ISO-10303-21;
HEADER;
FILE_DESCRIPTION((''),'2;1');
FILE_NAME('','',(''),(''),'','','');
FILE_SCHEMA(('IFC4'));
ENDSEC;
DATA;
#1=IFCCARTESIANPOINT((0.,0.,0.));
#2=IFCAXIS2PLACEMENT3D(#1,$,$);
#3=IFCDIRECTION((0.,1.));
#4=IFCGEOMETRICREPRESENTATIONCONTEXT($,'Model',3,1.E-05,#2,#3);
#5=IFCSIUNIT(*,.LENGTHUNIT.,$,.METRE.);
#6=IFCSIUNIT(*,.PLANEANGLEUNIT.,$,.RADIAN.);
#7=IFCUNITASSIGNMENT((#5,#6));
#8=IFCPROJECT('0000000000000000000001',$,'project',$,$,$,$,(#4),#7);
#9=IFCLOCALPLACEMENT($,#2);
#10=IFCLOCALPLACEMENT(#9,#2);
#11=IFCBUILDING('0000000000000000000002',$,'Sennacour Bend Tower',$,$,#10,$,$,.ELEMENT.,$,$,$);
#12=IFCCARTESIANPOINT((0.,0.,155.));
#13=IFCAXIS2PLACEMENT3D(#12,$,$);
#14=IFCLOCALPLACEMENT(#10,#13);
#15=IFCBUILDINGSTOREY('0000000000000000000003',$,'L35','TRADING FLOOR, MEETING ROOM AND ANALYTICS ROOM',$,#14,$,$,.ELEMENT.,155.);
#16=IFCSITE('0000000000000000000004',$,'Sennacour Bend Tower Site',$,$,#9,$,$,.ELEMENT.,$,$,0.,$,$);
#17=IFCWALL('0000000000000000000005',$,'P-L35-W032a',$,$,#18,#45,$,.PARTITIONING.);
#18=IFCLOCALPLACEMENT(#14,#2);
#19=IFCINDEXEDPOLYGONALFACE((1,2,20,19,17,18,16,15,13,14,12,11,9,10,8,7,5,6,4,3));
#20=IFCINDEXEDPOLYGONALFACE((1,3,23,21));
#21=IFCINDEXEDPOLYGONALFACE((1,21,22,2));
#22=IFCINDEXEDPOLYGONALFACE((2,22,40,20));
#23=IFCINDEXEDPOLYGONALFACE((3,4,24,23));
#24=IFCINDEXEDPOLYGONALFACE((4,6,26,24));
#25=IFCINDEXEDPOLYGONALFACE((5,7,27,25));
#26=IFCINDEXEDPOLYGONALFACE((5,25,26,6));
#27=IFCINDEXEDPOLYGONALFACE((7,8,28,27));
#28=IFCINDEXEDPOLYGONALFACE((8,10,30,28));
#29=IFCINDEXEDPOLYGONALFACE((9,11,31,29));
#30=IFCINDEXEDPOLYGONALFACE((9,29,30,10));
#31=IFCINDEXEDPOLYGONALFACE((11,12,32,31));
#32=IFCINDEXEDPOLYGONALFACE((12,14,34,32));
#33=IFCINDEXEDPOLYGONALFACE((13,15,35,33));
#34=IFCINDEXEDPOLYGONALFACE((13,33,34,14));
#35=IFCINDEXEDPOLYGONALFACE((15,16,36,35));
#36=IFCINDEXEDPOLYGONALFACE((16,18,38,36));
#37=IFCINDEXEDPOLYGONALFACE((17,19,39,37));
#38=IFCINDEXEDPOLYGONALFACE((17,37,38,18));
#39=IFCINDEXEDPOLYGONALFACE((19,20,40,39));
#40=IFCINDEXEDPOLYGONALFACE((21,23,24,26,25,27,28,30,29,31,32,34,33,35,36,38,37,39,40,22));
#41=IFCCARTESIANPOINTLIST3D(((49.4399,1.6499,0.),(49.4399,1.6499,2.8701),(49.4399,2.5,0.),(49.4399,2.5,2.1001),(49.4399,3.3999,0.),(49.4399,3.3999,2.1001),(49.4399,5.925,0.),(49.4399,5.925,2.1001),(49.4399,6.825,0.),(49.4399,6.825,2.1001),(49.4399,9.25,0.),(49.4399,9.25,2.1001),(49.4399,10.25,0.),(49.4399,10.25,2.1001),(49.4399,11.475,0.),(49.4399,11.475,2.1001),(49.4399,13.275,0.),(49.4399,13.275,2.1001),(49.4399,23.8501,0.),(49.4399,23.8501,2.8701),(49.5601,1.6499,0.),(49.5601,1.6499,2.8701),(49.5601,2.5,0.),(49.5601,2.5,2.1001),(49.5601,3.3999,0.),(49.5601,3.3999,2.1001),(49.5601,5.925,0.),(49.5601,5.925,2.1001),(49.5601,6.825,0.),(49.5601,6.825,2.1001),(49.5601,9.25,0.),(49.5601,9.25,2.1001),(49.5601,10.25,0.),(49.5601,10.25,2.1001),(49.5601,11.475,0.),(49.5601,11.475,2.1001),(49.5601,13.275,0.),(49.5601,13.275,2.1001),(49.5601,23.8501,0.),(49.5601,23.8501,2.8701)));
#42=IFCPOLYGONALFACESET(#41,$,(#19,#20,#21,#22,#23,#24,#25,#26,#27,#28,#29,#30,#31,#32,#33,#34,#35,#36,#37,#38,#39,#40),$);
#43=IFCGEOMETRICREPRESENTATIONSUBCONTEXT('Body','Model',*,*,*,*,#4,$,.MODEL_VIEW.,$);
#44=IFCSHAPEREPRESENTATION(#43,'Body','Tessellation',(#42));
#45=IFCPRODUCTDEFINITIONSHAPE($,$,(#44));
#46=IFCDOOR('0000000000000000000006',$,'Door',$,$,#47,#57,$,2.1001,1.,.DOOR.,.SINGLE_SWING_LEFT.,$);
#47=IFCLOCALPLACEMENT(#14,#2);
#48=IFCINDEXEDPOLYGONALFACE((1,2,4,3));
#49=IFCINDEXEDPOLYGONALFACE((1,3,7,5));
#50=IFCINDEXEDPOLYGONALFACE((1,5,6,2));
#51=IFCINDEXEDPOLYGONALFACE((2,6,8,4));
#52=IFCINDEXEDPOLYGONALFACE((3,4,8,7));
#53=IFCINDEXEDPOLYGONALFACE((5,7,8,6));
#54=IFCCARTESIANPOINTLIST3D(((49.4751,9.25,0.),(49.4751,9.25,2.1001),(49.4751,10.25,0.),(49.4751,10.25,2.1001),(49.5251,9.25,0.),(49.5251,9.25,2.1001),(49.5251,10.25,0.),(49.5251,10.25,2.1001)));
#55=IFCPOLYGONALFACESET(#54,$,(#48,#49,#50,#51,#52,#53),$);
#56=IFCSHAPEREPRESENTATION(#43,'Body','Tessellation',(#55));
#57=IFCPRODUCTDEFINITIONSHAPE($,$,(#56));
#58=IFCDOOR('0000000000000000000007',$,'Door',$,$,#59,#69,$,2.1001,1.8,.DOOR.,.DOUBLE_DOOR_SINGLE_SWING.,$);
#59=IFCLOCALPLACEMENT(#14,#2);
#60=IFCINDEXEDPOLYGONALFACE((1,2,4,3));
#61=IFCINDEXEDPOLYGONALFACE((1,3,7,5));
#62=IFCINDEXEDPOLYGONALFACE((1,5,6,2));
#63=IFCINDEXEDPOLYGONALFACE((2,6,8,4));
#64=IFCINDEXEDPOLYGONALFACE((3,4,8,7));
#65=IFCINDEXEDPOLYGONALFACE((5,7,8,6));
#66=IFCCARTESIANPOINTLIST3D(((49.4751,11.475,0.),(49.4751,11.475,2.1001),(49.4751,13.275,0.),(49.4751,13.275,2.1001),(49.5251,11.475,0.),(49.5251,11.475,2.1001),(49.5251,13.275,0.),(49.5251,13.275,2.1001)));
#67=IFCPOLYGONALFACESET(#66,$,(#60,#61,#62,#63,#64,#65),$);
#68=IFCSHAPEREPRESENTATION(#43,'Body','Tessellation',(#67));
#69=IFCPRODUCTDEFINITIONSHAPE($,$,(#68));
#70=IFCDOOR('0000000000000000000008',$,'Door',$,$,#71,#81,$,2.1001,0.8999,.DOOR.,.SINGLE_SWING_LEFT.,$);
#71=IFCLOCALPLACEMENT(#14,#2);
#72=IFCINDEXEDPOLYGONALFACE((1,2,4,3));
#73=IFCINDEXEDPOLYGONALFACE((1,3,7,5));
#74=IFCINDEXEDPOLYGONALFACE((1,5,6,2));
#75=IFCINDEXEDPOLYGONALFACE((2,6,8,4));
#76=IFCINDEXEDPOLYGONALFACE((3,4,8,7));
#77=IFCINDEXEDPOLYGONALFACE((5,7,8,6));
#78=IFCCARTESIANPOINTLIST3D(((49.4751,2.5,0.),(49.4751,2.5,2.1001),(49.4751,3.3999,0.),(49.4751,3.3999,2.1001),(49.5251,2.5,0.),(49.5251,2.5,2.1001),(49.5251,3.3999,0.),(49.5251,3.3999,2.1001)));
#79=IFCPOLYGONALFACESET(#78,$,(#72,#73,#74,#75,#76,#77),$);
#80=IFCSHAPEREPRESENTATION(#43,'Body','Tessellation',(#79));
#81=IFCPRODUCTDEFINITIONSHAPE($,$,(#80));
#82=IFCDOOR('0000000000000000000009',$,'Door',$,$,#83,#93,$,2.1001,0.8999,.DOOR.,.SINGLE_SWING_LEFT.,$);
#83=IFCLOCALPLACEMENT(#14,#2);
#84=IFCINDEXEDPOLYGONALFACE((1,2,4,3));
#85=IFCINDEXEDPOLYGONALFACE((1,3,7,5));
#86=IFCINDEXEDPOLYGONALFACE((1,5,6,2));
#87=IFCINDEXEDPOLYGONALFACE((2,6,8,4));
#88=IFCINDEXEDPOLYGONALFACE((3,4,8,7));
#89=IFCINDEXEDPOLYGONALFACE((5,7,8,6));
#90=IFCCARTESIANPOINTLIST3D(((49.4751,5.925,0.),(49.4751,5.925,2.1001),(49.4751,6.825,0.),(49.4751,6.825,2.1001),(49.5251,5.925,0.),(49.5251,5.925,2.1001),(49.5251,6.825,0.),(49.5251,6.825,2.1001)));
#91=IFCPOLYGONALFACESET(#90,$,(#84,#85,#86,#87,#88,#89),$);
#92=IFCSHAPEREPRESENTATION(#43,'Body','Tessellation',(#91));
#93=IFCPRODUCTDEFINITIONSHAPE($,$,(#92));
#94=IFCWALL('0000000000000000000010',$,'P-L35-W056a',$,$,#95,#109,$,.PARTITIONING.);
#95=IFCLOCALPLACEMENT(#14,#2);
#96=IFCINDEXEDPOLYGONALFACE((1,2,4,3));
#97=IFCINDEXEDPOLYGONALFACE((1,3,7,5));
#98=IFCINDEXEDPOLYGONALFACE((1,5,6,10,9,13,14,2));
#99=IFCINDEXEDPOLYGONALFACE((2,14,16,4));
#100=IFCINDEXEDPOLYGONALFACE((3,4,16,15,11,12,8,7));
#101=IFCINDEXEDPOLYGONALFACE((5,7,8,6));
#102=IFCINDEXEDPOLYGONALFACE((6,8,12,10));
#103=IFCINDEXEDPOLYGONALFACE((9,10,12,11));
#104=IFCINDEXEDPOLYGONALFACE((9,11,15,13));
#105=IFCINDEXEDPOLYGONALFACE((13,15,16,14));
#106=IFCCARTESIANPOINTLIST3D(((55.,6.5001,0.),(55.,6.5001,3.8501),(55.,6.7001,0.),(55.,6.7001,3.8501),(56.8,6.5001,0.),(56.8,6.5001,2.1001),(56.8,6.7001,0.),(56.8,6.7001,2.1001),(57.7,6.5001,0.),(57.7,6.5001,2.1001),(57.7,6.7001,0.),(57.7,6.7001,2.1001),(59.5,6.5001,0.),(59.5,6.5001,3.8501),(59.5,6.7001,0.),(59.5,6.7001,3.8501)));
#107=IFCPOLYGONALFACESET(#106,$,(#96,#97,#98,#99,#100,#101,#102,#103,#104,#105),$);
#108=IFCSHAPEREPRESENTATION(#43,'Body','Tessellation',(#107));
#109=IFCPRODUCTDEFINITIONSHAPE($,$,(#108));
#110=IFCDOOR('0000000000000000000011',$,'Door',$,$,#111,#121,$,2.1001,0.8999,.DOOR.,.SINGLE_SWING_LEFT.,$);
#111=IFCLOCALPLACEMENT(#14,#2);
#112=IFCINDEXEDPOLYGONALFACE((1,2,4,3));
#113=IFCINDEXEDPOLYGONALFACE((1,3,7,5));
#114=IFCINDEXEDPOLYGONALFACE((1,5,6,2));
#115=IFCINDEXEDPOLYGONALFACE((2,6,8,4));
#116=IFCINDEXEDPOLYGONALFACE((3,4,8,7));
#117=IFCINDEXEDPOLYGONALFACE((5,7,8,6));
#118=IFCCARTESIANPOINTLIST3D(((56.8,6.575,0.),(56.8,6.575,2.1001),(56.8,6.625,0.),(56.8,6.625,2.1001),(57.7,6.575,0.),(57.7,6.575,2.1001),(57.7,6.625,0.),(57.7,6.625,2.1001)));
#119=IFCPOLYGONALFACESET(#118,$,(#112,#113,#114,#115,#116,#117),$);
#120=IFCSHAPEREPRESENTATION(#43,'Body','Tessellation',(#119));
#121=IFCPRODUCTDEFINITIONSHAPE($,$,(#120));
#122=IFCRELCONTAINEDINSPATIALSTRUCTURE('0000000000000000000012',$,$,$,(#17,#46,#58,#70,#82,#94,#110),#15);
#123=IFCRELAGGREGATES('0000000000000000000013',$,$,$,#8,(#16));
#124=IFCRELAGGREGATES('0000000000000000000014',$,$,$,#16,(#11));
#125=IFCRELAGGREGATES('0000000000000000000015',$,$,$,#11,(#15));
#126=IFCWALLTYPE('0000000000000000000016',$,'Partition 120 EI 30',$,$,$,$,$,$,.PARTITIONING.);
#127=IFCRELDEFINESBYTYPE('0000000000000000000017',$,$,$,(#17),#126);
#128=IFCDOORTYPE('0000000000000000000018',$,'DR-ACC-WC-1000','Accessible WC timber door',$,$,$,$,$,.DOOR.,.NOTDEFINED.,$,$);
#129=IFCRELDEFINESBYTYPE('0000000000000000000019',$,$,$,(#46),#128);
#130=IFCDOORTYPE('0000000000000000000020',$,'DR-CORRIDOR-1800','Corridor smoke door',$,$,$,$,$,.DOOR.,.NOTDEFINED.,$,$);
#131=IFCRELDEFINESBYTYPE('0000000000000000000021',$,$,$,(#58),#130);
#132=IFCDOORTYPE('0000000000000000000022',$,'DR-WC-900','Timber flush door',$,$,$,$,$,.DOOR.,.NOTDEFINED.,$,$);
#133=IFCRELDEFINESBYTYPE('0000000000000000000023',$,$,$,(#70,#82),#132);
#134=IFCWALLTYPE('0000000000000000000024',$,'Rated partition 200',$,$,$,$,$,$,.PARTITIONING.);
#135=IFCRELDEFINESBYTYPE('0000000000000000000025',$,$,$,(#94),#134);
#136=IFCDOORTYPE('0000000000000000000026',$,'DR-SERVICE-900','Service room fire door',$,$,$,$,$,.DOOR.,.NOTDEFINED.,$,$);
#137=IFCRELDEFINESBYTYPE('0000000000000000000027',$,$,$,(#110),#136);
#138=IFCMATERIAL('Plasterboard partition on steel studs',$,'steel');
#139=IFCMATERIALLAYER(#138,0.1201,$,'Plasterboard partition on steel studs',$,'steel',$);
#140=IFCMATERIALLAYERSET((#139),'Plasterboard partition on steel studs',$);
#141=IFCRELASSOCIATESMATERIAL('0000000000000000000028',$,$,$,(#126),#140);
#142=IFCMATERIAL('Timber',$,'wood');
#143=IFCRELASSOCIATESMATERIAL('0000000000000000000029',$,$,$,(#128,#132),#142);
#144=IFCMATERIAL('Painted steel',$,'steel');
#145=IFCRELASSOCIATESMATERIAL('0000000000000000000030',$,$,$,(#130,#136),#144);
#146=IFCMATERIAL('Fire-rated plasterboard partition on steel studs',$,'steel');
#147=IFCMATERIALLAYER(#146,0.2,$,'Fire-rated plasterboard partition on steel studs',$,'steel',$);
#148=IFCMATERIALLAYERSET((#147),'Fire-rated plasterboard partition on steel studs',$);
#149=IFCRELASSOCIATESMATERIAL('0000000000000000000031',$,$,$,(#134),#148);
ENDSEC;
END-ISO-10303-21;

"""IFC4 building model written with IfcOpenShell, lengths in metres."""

from ifc_helpers import new_model, si_unit, direction, frame, frame_2d, origin, place, context, subcontext, project, spatial, rectangle, extrude, material, layer, layer_set, type_object, element, fill, save


model = new_model("IFC4")

# Units and contexts
model_context = context("Model", 3, precision=1e-05, world=origin(), true_north=direction((0.0, 1.0)))
body_context = subcontext(model_context, "Body", "Model", "MODEL_VIEW")
ifc_project = project(units=[si_unit("LENGTHUNIT", "METRE"), si_unit("PLANEANGLEUNIT", "RADIAN")], contexts=[model_context])

# Site, building, storey
site_placement = place(None, origin())
site = spatial("IfcSite", under=ifc_project, at=site_placement, Name="Sennacour Bend Tower Site", CompositionType="ELEMENT", RefElevation=0.0)
building_placement = place(site_placement, origin())
building = spatial("IfcBuilding", under=site, at=building_placement, Name="Sennacour Bend Tower", CompositionType="ELEMENT")
storey_placement = place(building_placement, frame((0.0, 0.0, 155.0)))
storey = spatial("IfcBuildingStorey", under=building, at=storey_placement, Name="L35", Description="TRADING FLOOR, MEETING ROOM AND ANALYTICS ROOM", CompositionType="ELEMENT", Elevation=155.0)

# Shared definitions
ifc_material_1 = material(Name="Painted steel", Category="steel")

# Shared definitions
ifc_material_2 = material(Name="Plasterboard partition on steel studs", Category="steel")

# Wall, openings, doors
ifc_layer_1 = layer(ifc_material_2, 0.1201, Name="Plasterboard partition on steel studs", Category="steel")
ifc_layer_set_1 = layer_set([ifc_layer_1], Name="Plasterboard partition on steel studs")
wall_type_1 = type_object("IfcWallType", Name="Partition 120 EI 30", PredefinedType="PARTITIONING", material=ifc_layer_set_1)
wall_1_placement = place(storey_placement, frame((49.5, 1.6499, 0.0), z_axis=(0.0, 0.0, 1.0), x_axis=(0.0, 1.0, 0.0)))
wall_1 = element("IfcWall", 1, at=wall_1_placement, inside=storey, type_object=wall_type_1, Name="P-L35-W032a", PredefinedType="PARTITIONING", context=body_context, shape_type="SweptSolid", body=[
    extrude(rectangle(XDim=22.2002, YDim=0.1201, at=frame_2d((11.1001, 0.0))), origin(), (0.0, 0.0, 1.0), 2.8701),
])
opening_1_placement = place(wall_1_placement, frame((9.8252, 0.0, 0.0)))
opening_1 = element("IfcOpeningElement", 2, at=opening_1_placement, cuts=wall_1, PredefinedType="OPENING", context=body_context, shape_type="SweptSolid", body=[
    extrude(rectangle(XDim=1.8, YDim=2.1001, at=frame_2d((0.8999, 1.05))), frame((0.0, 0.0701, 0.0), z_axis=(0.0, -1.0, 0.0), x_axis=(1.0, 0.0, 0.0)), (0.0, 0.0, 1.0), 0.1401),
])
opening_2_placement = place(wall_1_placement, frame((0.8501, 0.0, 0.0)))
opening_2 = element("IfcOpeningElement", 3, at=opening_2_placement, cuts=wall_1, PredefinedType="OPENING", context=body_context, shape_type="SweptSolid", body=[
    extrude(rectangle(XDim=0.8999, YDim=2.1001, at=frame_2d((0.45, 1.05))), frame((0.0, 0.0701, 0.0), z_axis=(0.0, -1.0, 0.0), x_axis=(1.0, 0.0, 0.0)), (0.0, 0.0, 1.0), 0.1401),
])
opening_3_placement = place(wall_1_placement, frame((4.2751, 0.0, 0.0)))
opening_3 = element("IfcOpeningElement", 4, at=opening_3_placement, cuts=wall_1, PredefinedType="OPENING", context=body_context, shape_type="SweptSolid", body=[
    extrude(rectangle(XDim=0.8999, YDim=2.1001, at=frame_2d((0.45, 1.05))), frame((0.0, 0.0701, 0.0), z_axis=(0.0, -1.0, 0.0), x_axis=(1.0, 0.0, 0.0)), (0.0, 0.0, 1.0), 0.1401),
])
opening_4_placement = place(wall_1_placement, frame((7.6001, 0.0, 0.0)))
opening_4 = element("IfcOpeningElement", 5, at=opening_4_placement, cuts=wall_1, PredefinedType="OPENING", context=body_context, shape_type="SweptSolid", body=[
    extrude(rectangle(XDim=1.0, YDim=2.1001, at=frame_2d((0.5, 1.05))), frame((0.0, 0.0701, 0.0), z_axis=(0.0, -1.0, 0.0), x_axis=(1.0, 0.0, 0.0)), (0.0, 0.0, 1.0), 0.1401),
])
ifc_material_3 = material(Name="Timber", Category="wood")
door_type_1 = type_object("IfcDoorType", Name="DR-ACC-WC-1000", Description="Accessible WC timber door", OperationType="NOTDEFINED", PredefinedType="DOOR", material=ifc_material_3)
door_1_placement = place(opening_4_placement, origin())
door_1 = element("IfcDoor", 6, at=door_1_placement, inside=storey, type_object=door_type_1, Name="Door", OperationType="SINGLE_SWING_LEFT", OverallHeight=2.1001, OverallWidth=1.0, PredefinedType="DOOR", context=body_context, shape_type="SweptSolid", body=[
    extrude(rectangle(XDim=1.0, YDim=2.1001, at=frame_2d((0.5, 1.05))), frame((0.0, 0.0249, 0.0), z_axis=(0.0, -1.0, 0.0), x_axis=(1.0, 0.0, 0.0)), (0.0, 0.0, 1.0), 0.05),
])
fill(opening_4, door_1)
door_type_2 = type_object("IfcDoorType", Name="DR-CORRIDOR-1800", Description="Corridor smoke door", OperationType="NOTDEFINED", PredefinedType="DOOR", material=ifc_material_1)
door_2_placement = place(opening_1_placement, origin())
door_2 = element("IfcDoor", 7, at=door_2_placement, inside=storey, type_object=door_type_2, Name="Door", OperationType="DOUBLE_DOOR_SINGLE_SWING", OverallHeight=2.1001, OverallWidth=1.8, PredefinedType="DOOR", context=body_context, shape_type="SweptSolid", body=[
    extrude(rectangle(XDim=1.8, YDim=2.1001, at=frame_2d((0.8999, 1.05))), frame((0.0, 0.0249, 0.0), z_axis=(0.0, -1.0, 0.0), x_axis=(1.0, 0.0, 0.0)), (0.0, 0.0, 1.0), 0.05),
])
fill(opening_1, door_2)
door_type_3 = type_object("IfcDoorType", Name="DR-WC-900", Description="Timber flush door", OperationType="NOTDEFINED", PredefinedType="DOOR", material=ifc_material_3)
door_3_placement = place(opening_2_placement, origin())
door_3 = element("IfcDoor", 8, at=door_3_placement, inside=storey, type_object=door_type_3, Name="Door", OperationType="SINGLE_SWING_LEFT", OverallHeight=2.1001, OverallWidth=0.8999, PredefinedType="DOOR", context=body_context, shape_type="SweptSolid", body=[
    extrude(rectangle(XDim=0.8999, YDim=2.1001, at=frame_2d((0.45, 1.05))), frame((0.0, 0.0249, 0.0), z_axis=(0.0, -1.0, 0.0), x_axis=(1.0, 0.0, 0.0)), (0.0, 0.0, 1.0), 0.05),
])
fill(opening_2, door_3)
door_4_placement = place(opening_3_placement, origin())
door_4 = element("IfcDoor", 9, at=door_4_placement, inside=storey, type_object=door_type_3, Name="Door", OperationType="SINGLE_SWING_LEFT", OverallHeight=2.1001, OverallWidth=0.8999, PredefinedType="DOOR", context=body_context, shape_type="SweptSolid", body=[
    extrude(rectangle(XDim=0.8999, YDim=2.1001, at=frame_2d((0.45, 1.05))), frame((0.0, 0.0249, 0.0), z_axis=(0.0, -1.0, 0.0), x_axis=(1.0, 0.0, 0.0)), (0.0, 0.0, 1.0), 0.05),
])
fill(opening_3, door_4)

# Wall, opening, door
ifc_material_4 = material(Name="Fire-rated plasterboard partition on steel studs", Category="steel")
ifc_layer_2 = layer(ifc_material_4, 0.2, Name="Fire-rated plasterboard partition on steel studs", Category="steel")
ifc_layer_set_2 = layer_set([ifc_layer_2], Name="Fire-rated plasterboard partition on steel studs")
wall_type_2 = type_object("IfcWallType", Name="Rated partition 200", PredefinedType="PARTITIONING", material=ifc_layer_set_2)
wall_2_placement = place(storey_placement, frame((55.0, 6.6001, 0.0), z_axis=(0.0, 0.0, 1.0), x_axis=(1.0, 0.0, 0.0)))
wall_2 = element("IfcWall", 10, at=wall_2_placement, inside=storey, type_object=wall_type_2, Name="P-L35-W056a", PredefinedType="PARTITIONING", context=body_context, shape_type="SweptSolid", body=[
    extrude(rectangle(XDim=4.5, YDim=0.2, at=frame_2d((2.25, 0.0))), origin(), (0.0, 0.0, 1.0), 3.8501),
])
opening_5_placement = place(wall_2_placement, frame((1.8, 0.0, 0.0)))
opening_5 = element("IfcOpeningElement", 11, at=opening_5_placement, cuts=wall_2, PredefinedType="OPENING", context=body_context, shape_type="SweptSolid", body=[
    extrude(rectangle(XDim=0.8999, YDim=2.1001, at=frame_2d((0.45, 1.05))), frame((0.0, 0.1099, 0.0), z_axis=(0.0, -1.0, 0.0), x_axis=(1.0, 0.0, 0.0)), (0.0, 0.0, 1.0), 0.22),
])
door_type_4 = type_object("IfcDoorType", Name="DR-SERVICE-900", Description="Service room fire door", OperationType="NOTDEFINED", PredefinedType="DOOR", material=ifc_material_1)
door_5_placement = place(opening_5_placement, origin())
door_5 = element("IfcDoor", 12, at=door_5_placement, inside=storey, type_object=door_type_4, Name="Door", OperationType="SINGLE_SWING_LEFT", OverallHeight=2.1001, OverallWidth=0.8999, PredefinedType="DOOR", context=body_context, shape_type="SweptSolid", body=[
    extrude(rectangle(XDim=0.8999, YDim=2.1001, at=frame_2d((0.45, 1.05))), frame((0.0, 0.0249, 0.0), z_axis=(0.0, -1.0, 0.0), x_axis=(1.0, 0.0, 0.0)), (0.0, 0.0, 1.0), 0.05),
])
fill(opening_5, door_5)

save(model, "model.ifc")
